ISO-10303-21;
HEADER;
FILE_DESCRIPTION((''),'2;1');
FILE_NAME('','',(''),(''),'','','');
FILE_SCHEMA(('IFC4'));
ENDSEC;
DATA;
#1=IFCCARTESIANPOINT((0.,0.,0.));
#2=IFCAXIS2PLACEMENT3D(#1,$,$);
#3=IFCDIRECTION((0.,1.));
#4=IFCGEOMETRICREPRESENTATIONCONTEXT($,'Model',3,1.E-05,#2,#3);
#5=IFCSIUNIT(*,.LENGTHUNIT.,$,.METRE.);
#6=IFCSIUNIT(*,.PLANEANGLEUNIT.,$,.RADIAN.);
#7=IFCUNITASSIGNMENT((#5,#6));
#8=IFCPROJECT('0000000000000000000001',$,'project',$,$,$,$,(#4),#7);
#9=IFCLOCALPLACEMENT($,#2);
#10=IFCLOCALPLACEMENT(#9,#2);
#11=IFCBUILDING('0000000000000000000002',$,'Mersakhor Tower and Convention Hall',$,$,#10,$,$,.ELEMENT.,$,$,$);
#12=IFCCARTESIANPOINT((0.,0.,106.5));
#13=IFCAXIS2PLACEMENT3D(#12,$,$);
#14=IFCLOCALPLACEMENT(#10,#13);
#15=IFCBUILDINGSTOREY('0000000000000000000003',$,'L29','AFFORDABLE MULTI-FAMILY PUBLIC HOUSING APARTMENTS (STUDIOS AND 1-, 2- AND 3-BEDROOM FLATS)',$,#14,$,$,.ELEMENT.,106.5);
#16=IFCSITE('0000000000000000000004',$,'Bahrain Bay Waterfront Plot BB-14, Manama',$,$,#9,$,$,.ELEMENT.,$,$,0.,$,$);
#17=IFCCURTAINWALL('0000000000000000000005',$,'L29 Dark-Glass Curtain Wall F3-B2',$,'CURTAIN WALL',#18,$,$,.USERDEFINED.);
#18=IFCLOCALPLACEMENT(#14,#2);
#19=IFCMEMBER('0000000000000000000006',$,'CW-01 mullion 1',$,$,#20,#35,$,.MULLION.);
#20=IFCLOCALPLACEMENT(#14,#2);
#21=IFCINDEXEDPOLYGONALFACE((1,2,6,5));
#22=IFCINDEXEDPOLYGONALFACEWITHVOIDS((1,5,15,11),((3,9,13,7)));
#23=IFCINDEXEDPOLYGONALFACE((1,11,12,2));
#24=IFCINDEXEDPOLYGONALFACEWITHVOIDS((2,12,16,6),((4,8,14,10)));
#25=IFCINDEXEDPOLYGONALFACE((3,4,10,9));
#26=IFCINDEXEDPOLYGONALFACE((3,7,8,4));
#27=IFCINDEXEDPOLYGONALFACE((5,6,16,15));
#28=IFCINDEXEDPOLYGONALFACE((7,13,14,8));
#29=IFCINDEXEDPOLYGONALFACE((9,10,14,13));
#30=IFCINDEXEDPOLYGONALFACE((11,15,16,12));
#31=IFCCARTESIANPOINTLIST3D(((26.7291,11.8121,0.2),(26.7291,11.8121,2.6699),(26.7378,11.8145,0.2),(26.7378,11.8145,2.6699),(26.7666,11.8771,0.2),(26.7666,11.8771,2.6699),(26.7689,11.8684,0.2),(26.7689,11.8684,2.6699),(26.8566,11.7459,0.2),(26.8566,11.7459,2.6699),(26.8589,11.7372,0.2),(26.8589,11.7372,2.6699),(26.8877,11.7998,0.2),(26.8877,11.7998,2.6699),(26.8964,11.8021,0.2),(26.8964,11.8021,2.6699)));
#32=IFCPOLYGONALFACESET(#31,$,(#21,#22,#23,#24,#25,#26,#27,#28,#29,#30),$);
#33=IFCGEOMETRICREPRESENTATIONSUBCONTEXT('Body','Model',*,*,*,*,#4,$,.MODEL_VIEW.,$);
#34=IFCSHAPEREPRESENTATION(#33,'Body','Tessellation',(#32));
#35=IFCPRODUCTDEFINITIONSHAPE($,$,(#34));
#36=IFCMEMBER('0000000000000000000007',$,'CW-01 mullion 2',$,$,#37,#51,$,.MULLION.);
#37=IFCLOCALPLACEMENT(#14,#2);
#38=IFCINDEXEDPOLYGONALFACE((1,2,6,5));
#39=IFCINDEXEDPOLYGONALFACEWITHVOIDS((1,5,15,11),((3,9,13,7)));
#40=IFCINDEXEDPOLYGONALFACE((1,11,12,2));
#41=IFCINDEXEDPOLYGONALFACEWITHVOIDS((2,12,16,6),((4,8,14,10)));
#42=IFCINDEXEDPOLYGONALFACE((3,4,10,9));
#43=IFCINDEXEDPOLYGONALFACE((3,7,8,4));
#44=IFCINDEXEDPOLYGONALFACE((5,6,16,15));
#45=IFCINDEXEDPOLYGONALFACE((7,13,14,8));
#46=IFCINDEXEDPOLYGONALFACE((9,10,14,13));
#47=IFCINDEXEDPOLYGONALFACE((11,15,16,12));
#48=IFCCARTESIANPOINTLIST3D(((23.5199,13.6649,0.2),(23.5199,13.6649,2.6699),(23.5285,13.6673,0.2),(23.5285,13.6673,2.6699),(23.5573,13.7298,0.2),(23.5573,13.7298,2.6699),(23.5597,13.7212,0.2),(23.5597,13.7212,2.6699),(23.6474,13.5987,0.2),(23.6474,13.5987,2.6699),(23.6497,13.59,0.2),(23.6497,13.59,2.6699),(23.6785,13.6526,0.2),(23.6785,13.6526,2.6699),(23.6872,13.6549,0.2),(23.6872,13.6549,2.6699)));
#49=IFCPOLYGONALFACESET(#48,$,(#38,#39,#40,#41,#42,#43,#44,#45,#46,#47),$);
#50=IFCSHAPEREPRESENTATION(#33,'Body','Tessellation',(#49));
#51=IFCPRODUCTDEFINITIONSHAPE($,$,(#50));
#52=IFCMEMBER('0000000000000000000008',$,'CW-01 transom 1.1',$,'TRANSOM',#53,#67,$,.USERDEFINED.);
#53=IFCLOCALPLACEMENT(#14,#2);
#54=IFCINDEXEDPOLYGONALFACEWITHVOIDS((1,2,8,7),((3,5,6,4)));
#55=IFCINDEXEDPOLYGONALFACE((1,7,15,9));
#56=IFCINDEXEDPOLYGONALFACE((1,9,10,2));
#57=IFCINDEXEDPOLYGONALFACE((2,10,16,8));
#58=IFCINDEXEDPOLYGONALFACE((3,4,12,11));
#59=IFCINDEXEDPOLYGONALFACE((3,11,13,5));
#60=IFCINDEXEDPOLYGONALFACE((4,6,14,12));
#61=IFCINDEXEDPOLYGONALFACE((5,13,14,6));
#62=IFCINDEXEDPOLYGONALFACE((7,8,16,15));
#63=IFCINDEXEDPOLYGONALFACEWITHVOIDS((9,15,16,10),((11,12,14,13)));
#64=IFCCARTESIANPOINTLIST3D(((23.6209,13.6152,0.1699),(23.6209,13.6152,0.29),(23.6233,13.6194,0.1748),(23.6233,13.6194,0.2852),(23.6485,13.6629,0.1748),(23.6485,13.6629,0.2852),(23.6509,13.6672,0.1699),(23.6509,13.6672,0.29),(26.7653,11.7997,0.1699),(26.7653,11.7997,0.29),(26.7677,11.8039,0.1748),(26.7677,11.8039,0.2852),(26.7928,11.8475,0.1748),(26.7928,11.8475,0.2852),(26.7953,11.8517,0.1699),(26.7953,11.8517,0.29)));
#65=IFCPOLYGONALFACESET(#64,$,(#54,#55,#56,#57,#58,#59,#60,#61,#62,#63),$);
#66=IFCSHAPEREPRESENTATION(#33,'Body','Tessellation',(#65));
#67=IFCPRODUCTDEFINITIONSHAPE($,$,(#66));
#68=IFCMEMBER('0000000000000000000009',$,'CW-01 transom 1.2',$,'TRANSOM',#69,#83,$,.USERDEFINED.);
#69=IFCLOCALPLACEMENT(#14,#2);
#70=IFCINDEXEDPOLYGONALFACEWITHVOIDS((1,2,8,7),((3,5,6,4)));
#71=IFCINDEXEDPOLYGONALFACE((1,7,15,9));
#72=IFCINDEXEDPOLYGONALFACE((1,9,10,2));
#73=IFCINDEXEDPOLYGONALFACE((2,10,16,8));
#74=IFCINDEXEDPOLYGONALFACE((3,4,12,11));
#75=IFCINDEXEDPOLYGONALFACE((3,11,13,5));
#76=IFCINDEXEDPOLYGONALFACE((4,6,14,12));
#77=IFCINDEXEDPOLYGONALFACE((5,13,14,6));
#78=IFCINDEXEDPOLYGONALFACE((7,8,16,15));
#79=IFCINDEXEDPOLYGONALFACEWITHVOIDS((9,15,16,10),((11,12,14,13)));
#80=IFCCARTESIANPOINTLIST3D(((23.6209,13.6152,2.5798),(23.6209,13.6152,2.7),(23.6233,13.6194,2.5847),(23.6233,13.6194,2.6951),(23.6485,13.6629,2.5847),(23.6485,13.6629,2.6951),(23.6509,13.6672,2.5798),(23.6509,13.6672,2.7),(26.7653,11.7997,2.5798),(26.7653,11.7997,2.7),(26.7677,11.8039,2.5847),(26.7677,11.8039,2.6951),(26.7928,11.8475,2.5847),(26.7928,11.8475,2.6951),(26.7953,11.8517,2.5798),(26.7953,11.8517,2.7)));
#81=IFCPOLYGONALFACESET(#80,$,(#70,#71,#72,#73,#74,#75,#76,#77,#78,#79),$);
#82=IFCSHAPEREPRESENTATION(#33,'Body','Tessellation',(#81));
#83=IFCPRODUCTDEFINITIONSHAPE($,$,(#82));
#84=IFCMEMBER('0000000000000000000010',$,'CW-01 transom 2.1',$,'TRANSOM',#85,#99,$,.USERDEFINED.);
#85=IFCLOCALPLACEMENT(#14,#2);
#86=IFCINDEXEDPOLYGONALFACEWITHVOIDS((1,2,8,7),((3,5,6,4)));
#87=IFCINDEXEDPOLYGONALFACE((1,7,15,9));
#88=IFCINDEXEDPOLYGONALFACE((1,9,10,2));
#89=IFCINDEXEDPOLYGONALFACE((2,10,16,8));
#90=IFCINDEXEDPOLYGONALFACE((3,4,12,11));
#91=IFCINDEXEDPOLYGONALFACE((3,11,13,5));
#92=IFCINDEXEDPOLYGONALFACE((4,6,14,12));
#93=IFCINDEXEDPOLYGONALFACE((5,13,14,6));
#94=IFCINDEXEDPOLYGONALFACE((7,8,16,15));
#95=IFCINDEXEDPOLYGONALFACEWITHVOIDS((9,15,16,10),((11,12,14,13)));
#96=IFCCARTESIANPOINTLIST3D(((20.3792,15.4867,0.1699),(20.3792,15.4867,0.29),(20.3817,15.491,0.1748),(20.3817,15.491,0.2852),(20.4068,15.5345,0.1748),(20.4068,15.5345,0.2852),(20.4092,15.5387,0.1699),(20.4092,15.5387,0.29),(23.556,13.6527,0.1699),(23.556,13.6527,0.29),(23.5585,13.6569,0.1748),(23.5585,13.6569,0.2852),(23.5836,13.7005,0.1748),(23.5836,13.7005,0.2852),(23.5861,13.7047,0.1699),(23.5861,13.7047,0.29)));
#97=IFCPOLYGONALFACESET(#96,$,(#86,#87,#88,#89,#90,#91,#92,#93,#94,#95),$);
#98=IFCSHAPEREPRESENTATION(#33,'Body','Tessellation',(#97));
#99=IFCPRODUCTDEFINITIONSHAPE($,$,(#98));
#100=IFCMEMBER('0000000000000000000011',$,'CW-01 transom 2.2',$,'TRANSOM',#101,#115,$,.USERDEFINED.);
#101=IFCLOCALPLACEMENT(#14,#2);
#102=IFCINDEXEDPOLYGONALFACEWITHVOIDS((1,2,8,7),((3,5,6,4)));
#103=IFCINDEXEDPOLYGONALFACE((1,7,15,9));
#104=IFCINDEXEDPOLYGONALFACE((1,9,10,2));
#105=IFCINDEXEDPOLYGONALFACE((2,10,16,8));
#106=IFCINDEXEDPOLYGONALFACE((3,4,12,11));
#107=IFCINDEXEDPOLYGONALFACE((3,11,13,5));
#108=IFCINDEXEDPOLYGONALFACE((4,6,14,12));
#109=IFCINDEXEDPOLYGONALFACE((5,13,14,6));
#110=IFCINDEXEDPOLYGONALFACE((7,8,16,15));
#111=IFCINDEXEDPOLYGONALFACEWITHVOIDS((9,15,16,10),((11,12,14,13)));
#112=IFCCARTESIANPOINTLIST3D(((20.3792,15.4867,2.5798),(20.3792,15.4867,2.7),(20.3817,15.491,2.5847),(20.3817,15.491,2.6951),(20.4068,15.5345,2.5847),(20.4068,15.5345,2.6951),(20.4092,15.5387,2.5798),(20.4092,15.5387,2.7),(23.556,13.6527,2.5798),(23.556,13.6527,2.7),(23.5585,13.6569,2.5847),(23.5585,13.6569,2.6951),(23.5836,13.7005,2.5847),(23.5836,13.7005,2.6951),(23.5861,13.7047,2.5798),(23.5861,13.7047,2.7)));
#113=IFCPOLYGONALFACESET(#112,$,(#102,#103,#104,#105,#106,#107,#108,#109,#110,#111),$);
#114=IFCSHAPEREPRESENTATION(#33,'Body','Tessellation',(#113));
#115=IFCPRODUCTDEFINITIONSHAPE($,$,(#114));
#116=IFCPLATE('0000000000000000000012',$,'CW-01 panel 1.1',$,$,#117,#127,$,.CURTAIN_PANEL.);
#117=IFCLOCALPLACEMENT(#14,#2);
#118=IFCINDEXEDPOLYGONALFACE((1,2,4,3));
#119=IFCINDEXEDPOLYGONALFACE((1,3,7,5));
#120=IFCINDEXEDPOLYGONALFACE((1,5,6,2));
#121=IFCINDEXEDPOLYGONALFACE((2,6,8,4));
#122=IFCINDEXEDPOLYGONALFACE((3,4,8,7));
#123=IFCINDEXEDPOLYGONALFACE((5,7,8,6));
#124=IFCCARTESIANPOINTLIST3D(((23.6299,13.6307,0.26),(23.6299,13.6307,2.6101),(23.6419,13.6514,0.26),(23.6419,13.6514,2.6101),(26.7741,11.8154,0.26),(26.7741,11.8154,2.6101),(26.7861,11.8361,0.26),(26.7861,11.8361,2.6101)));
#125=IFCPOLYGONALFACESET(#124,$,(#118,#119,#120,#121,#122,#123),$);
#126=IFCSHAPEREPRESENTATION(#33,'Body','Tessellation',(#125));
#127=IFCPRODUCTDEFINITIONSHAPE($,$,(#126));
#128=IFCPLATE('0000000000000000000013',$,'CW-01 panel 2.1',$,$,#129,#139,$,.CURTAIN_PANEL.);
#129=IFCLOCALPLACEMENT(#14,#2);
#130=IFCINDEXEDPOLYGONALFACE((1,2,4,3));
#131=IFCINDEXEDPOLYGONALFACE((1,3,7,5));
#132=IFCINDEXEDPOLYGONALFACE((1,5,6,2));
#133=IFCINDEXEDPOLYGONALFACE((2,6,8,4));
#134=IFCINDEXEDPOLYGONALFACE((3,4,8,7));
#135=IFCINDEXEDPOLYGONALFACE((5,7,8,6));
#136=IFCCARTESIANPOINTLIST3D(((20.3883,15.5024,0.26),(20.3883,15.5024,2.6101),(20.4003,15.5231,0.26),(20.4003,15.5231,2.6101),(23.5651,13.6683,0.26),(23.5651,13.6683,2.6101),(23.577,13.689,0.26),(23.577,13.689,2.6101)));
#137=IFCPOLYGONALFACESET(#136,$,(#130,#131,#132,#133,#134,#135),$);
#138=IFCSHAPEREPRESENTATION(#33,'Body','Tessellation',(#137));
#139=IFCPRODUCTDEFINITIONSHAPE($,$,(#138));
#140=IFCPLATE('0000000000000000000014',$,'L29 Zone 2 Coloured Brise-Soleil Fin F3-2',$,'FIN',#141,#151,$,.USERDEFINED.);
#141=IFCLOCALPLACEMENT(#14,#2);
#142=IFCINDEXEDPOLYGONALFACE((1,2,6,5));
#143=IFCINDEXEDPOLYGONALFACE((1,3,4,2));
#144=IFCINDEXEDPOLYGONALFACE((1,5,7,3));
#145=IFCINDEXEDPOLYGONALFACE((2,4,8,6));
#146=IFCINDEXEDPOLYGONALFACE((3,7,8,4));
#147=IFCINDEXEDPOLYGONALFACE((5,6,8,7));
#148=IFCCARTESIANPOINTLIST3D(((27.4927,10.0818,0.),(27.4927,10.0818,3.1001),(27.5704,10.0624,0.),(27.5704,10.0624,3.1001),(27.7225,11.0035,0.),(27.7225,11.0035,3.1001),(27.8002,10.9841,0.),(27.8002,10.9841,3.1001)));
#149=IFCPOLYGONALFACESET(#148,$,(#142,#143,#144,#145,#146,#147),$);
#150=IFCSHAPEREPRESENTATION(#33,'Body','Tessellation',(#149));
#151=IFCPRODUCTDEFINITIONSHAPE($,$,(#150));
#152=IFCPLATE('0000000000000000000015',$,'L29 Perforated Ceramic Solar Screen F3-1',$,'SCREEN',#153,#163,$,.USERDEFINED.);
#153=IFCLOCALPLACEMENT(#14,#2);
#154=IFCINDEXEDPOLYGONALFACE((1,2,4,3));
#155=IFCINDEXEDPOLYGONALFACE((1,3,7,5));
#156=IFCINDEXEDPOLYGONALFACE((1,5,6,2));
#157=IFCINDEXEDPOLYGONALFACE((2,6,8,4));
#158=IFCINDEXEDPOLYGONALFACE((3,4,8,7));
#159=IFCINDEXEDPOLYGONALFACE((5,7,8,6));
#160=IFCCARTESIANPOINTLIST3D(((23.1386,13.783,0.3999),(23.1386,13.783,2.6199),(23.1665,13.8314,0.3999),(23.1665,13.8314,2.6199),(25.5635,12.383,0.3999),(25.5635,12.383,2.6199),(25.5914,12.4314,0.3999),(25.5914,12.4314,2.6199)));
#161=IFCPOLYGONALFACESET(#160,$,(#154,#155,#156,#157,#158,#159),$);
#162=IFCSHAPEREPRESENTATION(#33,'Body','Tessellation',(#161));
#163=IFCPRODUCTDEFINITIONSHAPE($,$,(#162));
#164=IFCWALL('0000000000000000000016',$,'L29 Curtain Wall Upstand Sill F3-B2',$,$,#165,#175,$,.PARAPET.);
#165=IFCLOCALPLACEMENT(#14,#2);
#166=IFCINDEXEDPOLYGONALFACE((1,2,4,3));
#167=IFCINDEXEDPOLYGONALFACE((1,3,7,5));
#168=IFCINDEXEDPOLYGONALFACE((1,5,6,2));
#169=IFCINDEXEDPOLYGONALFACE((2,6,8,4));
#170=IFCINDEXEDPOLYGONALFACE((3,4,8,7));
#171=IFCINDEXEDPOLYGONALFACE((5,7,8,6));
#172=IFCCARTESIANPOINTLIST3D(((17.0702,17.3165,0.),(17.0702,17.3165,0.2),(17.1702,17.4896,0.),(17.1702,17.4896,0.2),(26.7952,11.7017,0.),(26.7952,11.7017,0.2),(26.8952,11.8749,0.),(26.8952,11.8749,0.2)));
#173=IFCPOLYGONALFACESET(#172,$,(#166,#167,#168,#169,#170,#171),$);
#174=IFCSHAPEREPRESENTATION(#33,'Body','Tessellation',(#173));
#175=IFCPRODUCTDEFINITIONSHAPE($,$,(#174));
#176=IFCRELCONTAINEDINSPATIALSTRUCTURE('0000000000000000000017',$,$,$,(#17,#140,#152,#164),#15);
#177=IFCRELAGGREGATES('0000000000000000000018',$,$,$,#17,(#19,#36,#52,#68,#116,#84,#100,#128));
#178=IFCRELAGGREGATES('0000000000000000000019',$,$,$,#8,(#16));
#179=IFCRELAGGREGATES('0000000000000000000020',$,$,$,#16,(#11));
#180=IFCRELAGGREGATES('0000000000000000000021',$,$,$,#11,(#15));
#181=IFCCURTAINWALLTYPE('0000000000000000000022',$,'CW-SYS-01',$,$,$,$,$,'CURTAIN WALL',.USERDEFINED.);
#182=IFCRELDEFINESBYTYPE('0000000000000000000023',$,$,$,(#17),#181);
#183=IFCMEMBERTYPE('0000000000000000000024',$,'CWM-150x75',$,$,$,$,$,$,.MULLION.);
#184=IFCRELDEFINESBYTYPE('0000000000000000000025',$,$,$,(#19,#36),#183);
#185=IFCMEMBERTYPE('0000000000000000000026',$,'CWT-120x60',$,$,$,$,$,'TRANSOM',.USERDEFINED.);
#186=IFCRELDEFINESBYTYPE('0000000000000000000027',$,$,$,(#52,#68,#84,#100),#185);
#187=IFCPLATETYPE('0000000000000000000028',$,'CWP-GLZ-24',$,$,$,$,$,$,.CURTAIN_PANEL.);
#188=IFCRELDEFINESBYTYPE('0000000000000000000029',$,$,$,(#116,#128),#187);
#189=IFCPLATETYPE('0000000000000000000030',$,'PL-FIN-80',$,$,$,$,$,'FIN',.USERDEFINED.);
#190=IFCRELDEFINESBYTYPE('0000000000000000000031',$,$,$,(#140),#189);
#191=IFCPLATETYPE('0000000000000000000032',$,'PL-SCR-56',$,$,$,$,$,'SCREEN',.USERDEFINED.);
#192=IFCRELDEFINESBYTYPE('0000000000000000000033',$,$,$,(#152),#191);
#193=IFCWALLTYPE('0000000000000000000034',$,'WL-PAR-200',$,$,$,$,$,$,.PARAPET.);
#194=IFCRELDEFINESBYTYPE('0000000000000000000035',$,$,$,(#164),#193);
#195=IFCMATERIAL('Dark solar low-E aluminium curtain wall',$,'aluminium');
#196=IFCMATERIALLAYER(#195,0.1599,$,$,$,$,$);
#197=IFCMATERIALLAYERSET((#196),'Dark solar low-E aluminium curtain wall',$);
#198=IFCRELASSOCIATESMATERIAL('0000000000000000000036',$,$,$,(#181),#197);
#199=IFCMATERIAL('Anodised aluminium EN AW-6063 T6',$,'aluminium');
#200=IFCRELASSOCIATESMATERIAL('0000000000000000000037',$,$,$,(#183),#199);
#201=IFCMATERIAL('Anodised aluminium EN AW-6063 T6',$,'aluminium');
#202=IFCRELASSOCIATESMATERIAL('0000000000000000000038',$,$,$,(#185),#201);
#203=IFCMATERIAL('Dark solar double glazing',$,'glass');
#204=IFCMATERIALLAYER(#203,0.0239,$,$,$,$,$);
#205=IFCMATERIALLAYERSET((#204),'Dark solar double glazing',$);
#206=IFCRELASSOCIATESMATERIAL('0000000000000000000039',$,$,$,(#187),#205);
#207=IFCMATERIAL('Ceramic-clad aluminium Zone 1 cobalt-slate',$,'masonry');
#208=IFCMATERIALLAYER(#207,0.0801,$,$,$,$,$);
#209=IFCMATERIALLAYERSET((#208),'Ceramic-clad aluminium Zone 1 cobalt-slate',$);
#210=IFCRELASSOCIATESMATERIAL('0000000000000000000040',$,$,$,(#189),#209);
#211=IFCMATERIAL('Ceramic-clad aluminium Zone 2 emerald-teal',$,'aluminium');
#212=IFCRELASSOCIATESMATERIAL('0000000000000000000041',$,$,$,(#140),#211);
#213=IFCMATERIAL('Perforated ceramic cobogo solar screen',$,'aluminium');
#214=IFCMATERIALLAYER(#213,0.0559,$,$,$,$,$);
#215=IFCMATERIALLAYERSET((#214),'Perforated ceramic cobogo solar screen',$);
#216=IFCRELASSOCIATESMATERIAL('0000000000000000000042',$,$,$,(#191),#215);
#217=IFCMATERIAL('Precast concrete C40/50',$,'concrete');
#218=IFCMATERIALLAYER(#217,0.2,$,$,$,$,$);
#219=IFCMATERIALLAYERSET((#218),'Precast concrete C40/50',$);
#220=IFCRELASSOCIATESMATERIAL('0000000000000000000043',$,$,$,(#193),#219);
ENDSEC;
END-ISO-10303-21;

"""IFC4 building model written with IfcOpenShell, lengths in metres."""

from ifc_helpers import new_model, si_unit, direction, frame, frame_2d, origin, origin_2d, place, context, subcontext, project, spatial, rectangle, hollow_rectangle, extrude, material, layer, layer_set, material_profile, profile_set, type_object, element, aggregate, save


model = new_model("IFC4")

# Units and contexts
model_context = context("Model", 3, precision=1e-05, world=origin(), true_north=direction((0.0, 1.0)))
body_context = subcontext(model_context, "Body", "Model", "MODEL_VIEW")
ifc_project = project(units=[si_unit("LENGTHUNIT", "METRE"), si_unit("PLANEANGLEUNIT", "RADIAN")], contexts=[model_context])

# Site, building, storey
site_placement = place(None, origin())
site = spatial("IfcSite", under=ifc_project, at=site_placement, Name="Bahrain Bay Waterfront Plot BB-14, Manama", CompositionType="ELEMENT", RefElevation=0.0)
building_placement = place(site_placement, origin())
building = spatial("IfcBuilding", under=site, at=building_placement, Name="Mersakhor Tower and Convention Hall", CompositionType="ELEMENT")
storey_placement = place(building_placement, frame((0.0, 0.0, 106.5)))
storey = spatial("IfcBuildingStorey", under=building, at=storey_placement, Name="L29", Description="AFFORDABLE MULTI-FAMILY PUBLIC HOUSING APARTMENTS (STUDIOS AND 1-, 2- AND 3-BEDROOM FLATS)", CompositionType="ELEMENT", Elevation=106.5)

# Curtain wall, members, plates
ifc_material_1 = material(Name="Dark solar low-E aluminium curtain wall", Category="aluminium")
ifc_layer_1 = layer(ifc_material_1, 0.1599)
ifc_layer_set_1 = layer_set([ifc_layer_1], Name="Dark solar low-E aluminium curtain wall")
curtain_wall_type = type_object("IfcCurtainWallType", Name="CW-SYS-01", ElementType="CURTAIN WALL", PredefinedType="USERDEFINED", material=ifc_layer_set_1)
curtain_wall_placement = place(storey_placement, origin())
curtain_wall = element("IfcCurtainWall", 1, at=curtain_wall_placement, inside=storey, type_object=curtain_wall_type, Name="L29 Dark-Glass Curtain Wall F3-B2", ObjectType="CURTAIN WALL", PredefinedType="USERDEFINED")
ifc_material_2 = material(Name="Anodised aluminium EN AW-6063 T6", Category="aluminium")
ifc_material_profile_1 = material_profile(ifc_material_2, hollow_rectangle(XDim=0.075, YDim=0.1499, WallThickness=0.0063, at=origin_2d()), Name="RHS 150x75x6.3")
ifc_profile_set_1 = profile_set([ifc_material_profile_1], Name="Anodised aluminium EN AW-6063 T6")
member_type_1 = type_object("IfcMemberType", Name="CWM-150x75", PredefinedType="MULLION", material=ifc_profile_set_1)
member_1_placement = place(storey_placement, frame((26.8127, 11.8071, 0.2), z_axis=(0.0, 0.0, 1.0), x_axis=(-0.499998, -0.866027, 0.0)))
member_1 = element("IfcMember", 2, at=member_1_placement, type_object=member_type_1, Name="CW-01 mullion 1", PredefinedType="MULLION", context=body_context, shape_type="SweptSolid", body=[
    extrude(hollow_rectangle(XDim=0.075, YDim=0.1499, WallThickness=0.0063, at=origin_2d()), origin(), (0.0, 0.0, 1.0), 2.47),
])
member_2_placement = place(storey_placement, frame((23.6035, 13.6599, 0.2), z_axis=(0.0, 0.0, 1.0), x_axis=(-0.499998, -0.866027, 0.0)))
member_2 = element("IfcMember", 3, at=member_2_placement, type_object=member_type_1, Name="CW-01 mullion 2", PredefinedType="MULLION", context=body_context, shape_type="SweptSolid", body=[
    extrude(hollow_rectangle(XDim=0.075, YDim=0.1499, WallThickness=0.0063, at=origin_2d()), origin(), (0.0, 0.0, 1.0), 2.47),
])
ifc_material_3 = material(Name="Anodised aluminium EN AW-6063 T6", Category="aluminium")
ifc_material_profile_2 = material_profile(ifc_material_3, hollow_rectangle(XDim=0.0601, YDim=0.1201, WallThickness=0.0049, at=origin_2d()), Name="RHS 120x60x5")
ifc_profile_set_2 = profile_set([ifc_material_profile_2], Name="Anodised aluminium EN AW-6063 T6")
member_type_2 = type_object("IfcMemberType", Name="CWT-120x60", ElementType="TRANSOM", PredefinedType="USERDEFINED", material=ifc_profile_set_2)
member_3_placement = place(storey_placement, frame((26.7803, 11.8257, 0.23), z_axis=(-0.866016, 0.500015, 0.0), x_axis=(-0.500015, -0.866016, 0.0)))
member_3 = element("IfcMember", 4, at=member_3_placement, type_object=member_type_2, Name="CW-01 transom 1.1", ObjectType="TRANSOM", PredefinedType="USERDEFINED", context=body_context, shape_type="SweptSolid", body=[
    extrude(hollow_rectangle(XDim=0.0601, YDim=0.1201, WallThickness=0.0049, at=origin_2d()), origin(), (0.0, 0.0, 1.0), 3.6309),
])
member_4_placement = place(storey_placement, frame((26.7803, 11.8257, 2.6399), z_axis=(-0.866016, 0.500015, 0.0), x_axis=(-0.500015, -0.866016, 0.0)))
member_4 = element("IfcMember", 5, at=member_4_placement, type_object=member_type_2, Name="CW-01 transom 1.2", ObjectType="TRANSOM", PredefinedType="USERDEFINED", context=body_context, shape_type="SweptSolid", body=[
    extrude(hollow_rectangle(XDim=0.0601, YDim=0.1201, WallThickness=0.0049, at=origin_2d()), origin(), (0.0, 0.0, 1.0), 3.6309),
])
member_5_placement = place(storey_placement, frame((23.571, 13.6787, 0.23), z_axis=(-0.866039, 0.499976, 0.0), x_axis=(-0.499976, -0.866039, 0.0)))
member_5 = element("IfcMember", 6, at=member_5_placement, type_object=member_type_2, Name="CW-01 transom 2.1", ObjectType="TRANSOM", PredefinedType="USERDEFINED", context=body_context, shape_type="SweptSolid", body=[
    extrude(hollow_rectangle(XDim=0.0601, YDim=0.1201, WallThickness=0.0049, at=origin_2d()), origin(), (0.0, 0.0, 1.0), 3.6682),
])
member_6_placement = place(storey_placement, frame((23.571, 13.6787, 2.6399), z_axis=(-0.866039, 0.499976, 0.0), x_axis=(-0.499976, -0.866039, 0.0)))
member_6 = element("IfcMember", 7, at=member_6_placement, type_object=member_type_2, Name="CW-01 transom 2.2", ObjectType="TRANSOM", PredefinedType="USERDEFINED", context=body_context, shape_type="SweptSolid", body=[
    extrude(hollow_rectangle(XDim=0.0601, YDim=0.1201, WallThickness=0.0049, at=origin_2d()), origin(), (0.0, 0.0, 1.0), 3.6682),
])
ifc_material_4 = material(Name="Dark solar double glazing", Category="glass")
ifc_layer_2 = layer(ifc_material_4, 0.0239)
ifc_layer_set_2 = layer_set([ifc_layer_2], Name="Dark solar double glazing")
plate_type_1 = type_object("IfcPlateType", Name="CWP-GLZ-24", PredefinedType="CURTAIN_PANEL", material=ifc_layer_set_2)
plate_1_placement = place(storey_placement, frame((25.208, 12.7334, 0.26), z_axis=(0.0, 0.0, 1.0), x_axis=(-0.866027, 0.499998, 0.0)))
plate_1 = element("IfcPlate", 8, at=plate_1_placement, type_object=plate_type_1, Name="CW-01 panel 1.1", PredefinedType="CURTAIN_PANEL", context=body_context, shape_type="SweptSolid", body=[
    extrude(rectangle(XDim=3.6306, YDim=0.0239, at=origin_2d()), origin(), (0.0, 0.0, 1.0), 2.3501),
])
plate_2_placement = place(storey_placement, frame((21.9827, 14.5957, 0.26), z_axis=(0.0, 0.0, 1.0), x_axis=(-0.866027, 0.499998, 0.0)))
plate_2 = element("IfcPlate", 9, at=plate_2_placement, type_object=plate_type_1, Name="CW-01 panel 2.1", PredefinedType="CURTAIN_PANEL", context=body_context, shape_type="SweptSolid", body=[
    extrude(rectangle(XDim=3.6682, YDim=0.0239, at=origin_2d()), origin(), (0.0, 0.0, 1.0), 2.3501),
])
aggregate(curtain_wall, [member_1, member_2, member_3, member_4, plate_1, member_5, member_6, plate_2])

# Plates
ifc_material_5 = material(Name="Ceramic-clad aluminium Zone 2 emerald-teal", Category="aluminium")
ifc_material_6 = material(Name="Ceramic-clad aluminium Zone 1 cobalt-slate", Category="masonry")
ifc_layer_3 = layer(ifc_material_6, 0.0801)
ifc_layer_set_3 = layer_set([ifc_layer_3], Name="Ceramic-clad aluminium Zone 1 cobalt-slate")
plate_type_2 = type_object("IfcPlateType", Name="PL-FIN-80", ElementType="FIN", PredefinedType="USERDEFINED", material=ifc_layer_set_3)
plate_3_placement = place(storey_placement, frame((27.6465, 10.533, 0.0), z_axis=(0.0, 0.0, 1.0), x_axis=(-0.241922, -0.970296, 0.0)))
element("IfcPlate", 10, at=plate_3_placement, inside=storey, type_object=plate_type_2, material=ifc_material_5, Name="L29 Zone 2 Coloured Brise-Soleil Fin F3-2", ObjectType="FIN", PredefinedType="USERDEFINED", context=body_context, shape_type="SweptSolid", body=[
    extrude(rectangle(XDim=0.95, YDim=0.0801, at=origin_2d()), origin(), (0.0, 0.0, 1.0), 3.1001),
])
ifc_material_7 = material(Name="Perforated ceramic cobogo solar screen", Category="aluminium")
ifc_layer_4 = layer(ifc_material_7, 0.0559)
ifc_layer_set_4 = layer_set([ifc_layer_4], Name="Perforated ceramic cobogo solar screen")
plate_type_3 = type_object("IfcPlateType", Name="PL-SCR-56", ElementType="SCREEN", PredefinedType="USERDEFINED", material=ifc_layer_set_4)
plate_4_placement = place(storey_placement, frame((24.365, 13.1072, 0.3999), z_axis=(0.0, 0.0, 1.0), x_axis=(-0.866025, 0.5, 0.0)))
element("IfcPlate", 11, at=plate_4_placement, inside=storey, type_object=plate_type_3, Name="L29 Perforated Ceramic Solar Screen F3-1", ObjectType="SCREEN", PredefinedType="USERDEFINED", context=body_context, shape_type="SweptSolid", body=[
    extrude(rectangle(XDim=2.8, YDim=0.0559, at=origin_2d()), origin(), (0.0, 0.0, 1.0), 2.22),
])

# Wall
ifc_material_8 = material(Name="Precast concrete C40/50", Category="concrete")
ifc_layer_5 = layer(ifc_material_8, 0.2)
ifc_layer_set_5 = layer_set([ifc_layer_5], Name="Precast concrete C40/50")
wall_type_1 = type_object("IfcWallType", Name="WL-PAR-200", PredefinedType="PARAPET", material=ifc_layer_set_5)
wall_1_placement = place(storey_placement, frame((26.8452, 11.7883, 0.0), z_axis=(0.0, 0.0, 1.0), x_axis=(-0.866027, 0.499997, 0.0)))
element("IfcWall", 12, at=wall_1_placement, inside=storey, type_object=wall_type_1, Name="L29 Curtain Wall Upstand Sill F3-B2", PredefinedType="PARAPET", context=body_context, shape_type="SweptSolid", body=[
    extrude(rectangle(XDim=11.2295, YDim=0.2, at=frame_2d((5.6147, 0.0))), origin(), (0.0, 0.0, 1.0), 0.2),
])

save(model, "model.ifc")
